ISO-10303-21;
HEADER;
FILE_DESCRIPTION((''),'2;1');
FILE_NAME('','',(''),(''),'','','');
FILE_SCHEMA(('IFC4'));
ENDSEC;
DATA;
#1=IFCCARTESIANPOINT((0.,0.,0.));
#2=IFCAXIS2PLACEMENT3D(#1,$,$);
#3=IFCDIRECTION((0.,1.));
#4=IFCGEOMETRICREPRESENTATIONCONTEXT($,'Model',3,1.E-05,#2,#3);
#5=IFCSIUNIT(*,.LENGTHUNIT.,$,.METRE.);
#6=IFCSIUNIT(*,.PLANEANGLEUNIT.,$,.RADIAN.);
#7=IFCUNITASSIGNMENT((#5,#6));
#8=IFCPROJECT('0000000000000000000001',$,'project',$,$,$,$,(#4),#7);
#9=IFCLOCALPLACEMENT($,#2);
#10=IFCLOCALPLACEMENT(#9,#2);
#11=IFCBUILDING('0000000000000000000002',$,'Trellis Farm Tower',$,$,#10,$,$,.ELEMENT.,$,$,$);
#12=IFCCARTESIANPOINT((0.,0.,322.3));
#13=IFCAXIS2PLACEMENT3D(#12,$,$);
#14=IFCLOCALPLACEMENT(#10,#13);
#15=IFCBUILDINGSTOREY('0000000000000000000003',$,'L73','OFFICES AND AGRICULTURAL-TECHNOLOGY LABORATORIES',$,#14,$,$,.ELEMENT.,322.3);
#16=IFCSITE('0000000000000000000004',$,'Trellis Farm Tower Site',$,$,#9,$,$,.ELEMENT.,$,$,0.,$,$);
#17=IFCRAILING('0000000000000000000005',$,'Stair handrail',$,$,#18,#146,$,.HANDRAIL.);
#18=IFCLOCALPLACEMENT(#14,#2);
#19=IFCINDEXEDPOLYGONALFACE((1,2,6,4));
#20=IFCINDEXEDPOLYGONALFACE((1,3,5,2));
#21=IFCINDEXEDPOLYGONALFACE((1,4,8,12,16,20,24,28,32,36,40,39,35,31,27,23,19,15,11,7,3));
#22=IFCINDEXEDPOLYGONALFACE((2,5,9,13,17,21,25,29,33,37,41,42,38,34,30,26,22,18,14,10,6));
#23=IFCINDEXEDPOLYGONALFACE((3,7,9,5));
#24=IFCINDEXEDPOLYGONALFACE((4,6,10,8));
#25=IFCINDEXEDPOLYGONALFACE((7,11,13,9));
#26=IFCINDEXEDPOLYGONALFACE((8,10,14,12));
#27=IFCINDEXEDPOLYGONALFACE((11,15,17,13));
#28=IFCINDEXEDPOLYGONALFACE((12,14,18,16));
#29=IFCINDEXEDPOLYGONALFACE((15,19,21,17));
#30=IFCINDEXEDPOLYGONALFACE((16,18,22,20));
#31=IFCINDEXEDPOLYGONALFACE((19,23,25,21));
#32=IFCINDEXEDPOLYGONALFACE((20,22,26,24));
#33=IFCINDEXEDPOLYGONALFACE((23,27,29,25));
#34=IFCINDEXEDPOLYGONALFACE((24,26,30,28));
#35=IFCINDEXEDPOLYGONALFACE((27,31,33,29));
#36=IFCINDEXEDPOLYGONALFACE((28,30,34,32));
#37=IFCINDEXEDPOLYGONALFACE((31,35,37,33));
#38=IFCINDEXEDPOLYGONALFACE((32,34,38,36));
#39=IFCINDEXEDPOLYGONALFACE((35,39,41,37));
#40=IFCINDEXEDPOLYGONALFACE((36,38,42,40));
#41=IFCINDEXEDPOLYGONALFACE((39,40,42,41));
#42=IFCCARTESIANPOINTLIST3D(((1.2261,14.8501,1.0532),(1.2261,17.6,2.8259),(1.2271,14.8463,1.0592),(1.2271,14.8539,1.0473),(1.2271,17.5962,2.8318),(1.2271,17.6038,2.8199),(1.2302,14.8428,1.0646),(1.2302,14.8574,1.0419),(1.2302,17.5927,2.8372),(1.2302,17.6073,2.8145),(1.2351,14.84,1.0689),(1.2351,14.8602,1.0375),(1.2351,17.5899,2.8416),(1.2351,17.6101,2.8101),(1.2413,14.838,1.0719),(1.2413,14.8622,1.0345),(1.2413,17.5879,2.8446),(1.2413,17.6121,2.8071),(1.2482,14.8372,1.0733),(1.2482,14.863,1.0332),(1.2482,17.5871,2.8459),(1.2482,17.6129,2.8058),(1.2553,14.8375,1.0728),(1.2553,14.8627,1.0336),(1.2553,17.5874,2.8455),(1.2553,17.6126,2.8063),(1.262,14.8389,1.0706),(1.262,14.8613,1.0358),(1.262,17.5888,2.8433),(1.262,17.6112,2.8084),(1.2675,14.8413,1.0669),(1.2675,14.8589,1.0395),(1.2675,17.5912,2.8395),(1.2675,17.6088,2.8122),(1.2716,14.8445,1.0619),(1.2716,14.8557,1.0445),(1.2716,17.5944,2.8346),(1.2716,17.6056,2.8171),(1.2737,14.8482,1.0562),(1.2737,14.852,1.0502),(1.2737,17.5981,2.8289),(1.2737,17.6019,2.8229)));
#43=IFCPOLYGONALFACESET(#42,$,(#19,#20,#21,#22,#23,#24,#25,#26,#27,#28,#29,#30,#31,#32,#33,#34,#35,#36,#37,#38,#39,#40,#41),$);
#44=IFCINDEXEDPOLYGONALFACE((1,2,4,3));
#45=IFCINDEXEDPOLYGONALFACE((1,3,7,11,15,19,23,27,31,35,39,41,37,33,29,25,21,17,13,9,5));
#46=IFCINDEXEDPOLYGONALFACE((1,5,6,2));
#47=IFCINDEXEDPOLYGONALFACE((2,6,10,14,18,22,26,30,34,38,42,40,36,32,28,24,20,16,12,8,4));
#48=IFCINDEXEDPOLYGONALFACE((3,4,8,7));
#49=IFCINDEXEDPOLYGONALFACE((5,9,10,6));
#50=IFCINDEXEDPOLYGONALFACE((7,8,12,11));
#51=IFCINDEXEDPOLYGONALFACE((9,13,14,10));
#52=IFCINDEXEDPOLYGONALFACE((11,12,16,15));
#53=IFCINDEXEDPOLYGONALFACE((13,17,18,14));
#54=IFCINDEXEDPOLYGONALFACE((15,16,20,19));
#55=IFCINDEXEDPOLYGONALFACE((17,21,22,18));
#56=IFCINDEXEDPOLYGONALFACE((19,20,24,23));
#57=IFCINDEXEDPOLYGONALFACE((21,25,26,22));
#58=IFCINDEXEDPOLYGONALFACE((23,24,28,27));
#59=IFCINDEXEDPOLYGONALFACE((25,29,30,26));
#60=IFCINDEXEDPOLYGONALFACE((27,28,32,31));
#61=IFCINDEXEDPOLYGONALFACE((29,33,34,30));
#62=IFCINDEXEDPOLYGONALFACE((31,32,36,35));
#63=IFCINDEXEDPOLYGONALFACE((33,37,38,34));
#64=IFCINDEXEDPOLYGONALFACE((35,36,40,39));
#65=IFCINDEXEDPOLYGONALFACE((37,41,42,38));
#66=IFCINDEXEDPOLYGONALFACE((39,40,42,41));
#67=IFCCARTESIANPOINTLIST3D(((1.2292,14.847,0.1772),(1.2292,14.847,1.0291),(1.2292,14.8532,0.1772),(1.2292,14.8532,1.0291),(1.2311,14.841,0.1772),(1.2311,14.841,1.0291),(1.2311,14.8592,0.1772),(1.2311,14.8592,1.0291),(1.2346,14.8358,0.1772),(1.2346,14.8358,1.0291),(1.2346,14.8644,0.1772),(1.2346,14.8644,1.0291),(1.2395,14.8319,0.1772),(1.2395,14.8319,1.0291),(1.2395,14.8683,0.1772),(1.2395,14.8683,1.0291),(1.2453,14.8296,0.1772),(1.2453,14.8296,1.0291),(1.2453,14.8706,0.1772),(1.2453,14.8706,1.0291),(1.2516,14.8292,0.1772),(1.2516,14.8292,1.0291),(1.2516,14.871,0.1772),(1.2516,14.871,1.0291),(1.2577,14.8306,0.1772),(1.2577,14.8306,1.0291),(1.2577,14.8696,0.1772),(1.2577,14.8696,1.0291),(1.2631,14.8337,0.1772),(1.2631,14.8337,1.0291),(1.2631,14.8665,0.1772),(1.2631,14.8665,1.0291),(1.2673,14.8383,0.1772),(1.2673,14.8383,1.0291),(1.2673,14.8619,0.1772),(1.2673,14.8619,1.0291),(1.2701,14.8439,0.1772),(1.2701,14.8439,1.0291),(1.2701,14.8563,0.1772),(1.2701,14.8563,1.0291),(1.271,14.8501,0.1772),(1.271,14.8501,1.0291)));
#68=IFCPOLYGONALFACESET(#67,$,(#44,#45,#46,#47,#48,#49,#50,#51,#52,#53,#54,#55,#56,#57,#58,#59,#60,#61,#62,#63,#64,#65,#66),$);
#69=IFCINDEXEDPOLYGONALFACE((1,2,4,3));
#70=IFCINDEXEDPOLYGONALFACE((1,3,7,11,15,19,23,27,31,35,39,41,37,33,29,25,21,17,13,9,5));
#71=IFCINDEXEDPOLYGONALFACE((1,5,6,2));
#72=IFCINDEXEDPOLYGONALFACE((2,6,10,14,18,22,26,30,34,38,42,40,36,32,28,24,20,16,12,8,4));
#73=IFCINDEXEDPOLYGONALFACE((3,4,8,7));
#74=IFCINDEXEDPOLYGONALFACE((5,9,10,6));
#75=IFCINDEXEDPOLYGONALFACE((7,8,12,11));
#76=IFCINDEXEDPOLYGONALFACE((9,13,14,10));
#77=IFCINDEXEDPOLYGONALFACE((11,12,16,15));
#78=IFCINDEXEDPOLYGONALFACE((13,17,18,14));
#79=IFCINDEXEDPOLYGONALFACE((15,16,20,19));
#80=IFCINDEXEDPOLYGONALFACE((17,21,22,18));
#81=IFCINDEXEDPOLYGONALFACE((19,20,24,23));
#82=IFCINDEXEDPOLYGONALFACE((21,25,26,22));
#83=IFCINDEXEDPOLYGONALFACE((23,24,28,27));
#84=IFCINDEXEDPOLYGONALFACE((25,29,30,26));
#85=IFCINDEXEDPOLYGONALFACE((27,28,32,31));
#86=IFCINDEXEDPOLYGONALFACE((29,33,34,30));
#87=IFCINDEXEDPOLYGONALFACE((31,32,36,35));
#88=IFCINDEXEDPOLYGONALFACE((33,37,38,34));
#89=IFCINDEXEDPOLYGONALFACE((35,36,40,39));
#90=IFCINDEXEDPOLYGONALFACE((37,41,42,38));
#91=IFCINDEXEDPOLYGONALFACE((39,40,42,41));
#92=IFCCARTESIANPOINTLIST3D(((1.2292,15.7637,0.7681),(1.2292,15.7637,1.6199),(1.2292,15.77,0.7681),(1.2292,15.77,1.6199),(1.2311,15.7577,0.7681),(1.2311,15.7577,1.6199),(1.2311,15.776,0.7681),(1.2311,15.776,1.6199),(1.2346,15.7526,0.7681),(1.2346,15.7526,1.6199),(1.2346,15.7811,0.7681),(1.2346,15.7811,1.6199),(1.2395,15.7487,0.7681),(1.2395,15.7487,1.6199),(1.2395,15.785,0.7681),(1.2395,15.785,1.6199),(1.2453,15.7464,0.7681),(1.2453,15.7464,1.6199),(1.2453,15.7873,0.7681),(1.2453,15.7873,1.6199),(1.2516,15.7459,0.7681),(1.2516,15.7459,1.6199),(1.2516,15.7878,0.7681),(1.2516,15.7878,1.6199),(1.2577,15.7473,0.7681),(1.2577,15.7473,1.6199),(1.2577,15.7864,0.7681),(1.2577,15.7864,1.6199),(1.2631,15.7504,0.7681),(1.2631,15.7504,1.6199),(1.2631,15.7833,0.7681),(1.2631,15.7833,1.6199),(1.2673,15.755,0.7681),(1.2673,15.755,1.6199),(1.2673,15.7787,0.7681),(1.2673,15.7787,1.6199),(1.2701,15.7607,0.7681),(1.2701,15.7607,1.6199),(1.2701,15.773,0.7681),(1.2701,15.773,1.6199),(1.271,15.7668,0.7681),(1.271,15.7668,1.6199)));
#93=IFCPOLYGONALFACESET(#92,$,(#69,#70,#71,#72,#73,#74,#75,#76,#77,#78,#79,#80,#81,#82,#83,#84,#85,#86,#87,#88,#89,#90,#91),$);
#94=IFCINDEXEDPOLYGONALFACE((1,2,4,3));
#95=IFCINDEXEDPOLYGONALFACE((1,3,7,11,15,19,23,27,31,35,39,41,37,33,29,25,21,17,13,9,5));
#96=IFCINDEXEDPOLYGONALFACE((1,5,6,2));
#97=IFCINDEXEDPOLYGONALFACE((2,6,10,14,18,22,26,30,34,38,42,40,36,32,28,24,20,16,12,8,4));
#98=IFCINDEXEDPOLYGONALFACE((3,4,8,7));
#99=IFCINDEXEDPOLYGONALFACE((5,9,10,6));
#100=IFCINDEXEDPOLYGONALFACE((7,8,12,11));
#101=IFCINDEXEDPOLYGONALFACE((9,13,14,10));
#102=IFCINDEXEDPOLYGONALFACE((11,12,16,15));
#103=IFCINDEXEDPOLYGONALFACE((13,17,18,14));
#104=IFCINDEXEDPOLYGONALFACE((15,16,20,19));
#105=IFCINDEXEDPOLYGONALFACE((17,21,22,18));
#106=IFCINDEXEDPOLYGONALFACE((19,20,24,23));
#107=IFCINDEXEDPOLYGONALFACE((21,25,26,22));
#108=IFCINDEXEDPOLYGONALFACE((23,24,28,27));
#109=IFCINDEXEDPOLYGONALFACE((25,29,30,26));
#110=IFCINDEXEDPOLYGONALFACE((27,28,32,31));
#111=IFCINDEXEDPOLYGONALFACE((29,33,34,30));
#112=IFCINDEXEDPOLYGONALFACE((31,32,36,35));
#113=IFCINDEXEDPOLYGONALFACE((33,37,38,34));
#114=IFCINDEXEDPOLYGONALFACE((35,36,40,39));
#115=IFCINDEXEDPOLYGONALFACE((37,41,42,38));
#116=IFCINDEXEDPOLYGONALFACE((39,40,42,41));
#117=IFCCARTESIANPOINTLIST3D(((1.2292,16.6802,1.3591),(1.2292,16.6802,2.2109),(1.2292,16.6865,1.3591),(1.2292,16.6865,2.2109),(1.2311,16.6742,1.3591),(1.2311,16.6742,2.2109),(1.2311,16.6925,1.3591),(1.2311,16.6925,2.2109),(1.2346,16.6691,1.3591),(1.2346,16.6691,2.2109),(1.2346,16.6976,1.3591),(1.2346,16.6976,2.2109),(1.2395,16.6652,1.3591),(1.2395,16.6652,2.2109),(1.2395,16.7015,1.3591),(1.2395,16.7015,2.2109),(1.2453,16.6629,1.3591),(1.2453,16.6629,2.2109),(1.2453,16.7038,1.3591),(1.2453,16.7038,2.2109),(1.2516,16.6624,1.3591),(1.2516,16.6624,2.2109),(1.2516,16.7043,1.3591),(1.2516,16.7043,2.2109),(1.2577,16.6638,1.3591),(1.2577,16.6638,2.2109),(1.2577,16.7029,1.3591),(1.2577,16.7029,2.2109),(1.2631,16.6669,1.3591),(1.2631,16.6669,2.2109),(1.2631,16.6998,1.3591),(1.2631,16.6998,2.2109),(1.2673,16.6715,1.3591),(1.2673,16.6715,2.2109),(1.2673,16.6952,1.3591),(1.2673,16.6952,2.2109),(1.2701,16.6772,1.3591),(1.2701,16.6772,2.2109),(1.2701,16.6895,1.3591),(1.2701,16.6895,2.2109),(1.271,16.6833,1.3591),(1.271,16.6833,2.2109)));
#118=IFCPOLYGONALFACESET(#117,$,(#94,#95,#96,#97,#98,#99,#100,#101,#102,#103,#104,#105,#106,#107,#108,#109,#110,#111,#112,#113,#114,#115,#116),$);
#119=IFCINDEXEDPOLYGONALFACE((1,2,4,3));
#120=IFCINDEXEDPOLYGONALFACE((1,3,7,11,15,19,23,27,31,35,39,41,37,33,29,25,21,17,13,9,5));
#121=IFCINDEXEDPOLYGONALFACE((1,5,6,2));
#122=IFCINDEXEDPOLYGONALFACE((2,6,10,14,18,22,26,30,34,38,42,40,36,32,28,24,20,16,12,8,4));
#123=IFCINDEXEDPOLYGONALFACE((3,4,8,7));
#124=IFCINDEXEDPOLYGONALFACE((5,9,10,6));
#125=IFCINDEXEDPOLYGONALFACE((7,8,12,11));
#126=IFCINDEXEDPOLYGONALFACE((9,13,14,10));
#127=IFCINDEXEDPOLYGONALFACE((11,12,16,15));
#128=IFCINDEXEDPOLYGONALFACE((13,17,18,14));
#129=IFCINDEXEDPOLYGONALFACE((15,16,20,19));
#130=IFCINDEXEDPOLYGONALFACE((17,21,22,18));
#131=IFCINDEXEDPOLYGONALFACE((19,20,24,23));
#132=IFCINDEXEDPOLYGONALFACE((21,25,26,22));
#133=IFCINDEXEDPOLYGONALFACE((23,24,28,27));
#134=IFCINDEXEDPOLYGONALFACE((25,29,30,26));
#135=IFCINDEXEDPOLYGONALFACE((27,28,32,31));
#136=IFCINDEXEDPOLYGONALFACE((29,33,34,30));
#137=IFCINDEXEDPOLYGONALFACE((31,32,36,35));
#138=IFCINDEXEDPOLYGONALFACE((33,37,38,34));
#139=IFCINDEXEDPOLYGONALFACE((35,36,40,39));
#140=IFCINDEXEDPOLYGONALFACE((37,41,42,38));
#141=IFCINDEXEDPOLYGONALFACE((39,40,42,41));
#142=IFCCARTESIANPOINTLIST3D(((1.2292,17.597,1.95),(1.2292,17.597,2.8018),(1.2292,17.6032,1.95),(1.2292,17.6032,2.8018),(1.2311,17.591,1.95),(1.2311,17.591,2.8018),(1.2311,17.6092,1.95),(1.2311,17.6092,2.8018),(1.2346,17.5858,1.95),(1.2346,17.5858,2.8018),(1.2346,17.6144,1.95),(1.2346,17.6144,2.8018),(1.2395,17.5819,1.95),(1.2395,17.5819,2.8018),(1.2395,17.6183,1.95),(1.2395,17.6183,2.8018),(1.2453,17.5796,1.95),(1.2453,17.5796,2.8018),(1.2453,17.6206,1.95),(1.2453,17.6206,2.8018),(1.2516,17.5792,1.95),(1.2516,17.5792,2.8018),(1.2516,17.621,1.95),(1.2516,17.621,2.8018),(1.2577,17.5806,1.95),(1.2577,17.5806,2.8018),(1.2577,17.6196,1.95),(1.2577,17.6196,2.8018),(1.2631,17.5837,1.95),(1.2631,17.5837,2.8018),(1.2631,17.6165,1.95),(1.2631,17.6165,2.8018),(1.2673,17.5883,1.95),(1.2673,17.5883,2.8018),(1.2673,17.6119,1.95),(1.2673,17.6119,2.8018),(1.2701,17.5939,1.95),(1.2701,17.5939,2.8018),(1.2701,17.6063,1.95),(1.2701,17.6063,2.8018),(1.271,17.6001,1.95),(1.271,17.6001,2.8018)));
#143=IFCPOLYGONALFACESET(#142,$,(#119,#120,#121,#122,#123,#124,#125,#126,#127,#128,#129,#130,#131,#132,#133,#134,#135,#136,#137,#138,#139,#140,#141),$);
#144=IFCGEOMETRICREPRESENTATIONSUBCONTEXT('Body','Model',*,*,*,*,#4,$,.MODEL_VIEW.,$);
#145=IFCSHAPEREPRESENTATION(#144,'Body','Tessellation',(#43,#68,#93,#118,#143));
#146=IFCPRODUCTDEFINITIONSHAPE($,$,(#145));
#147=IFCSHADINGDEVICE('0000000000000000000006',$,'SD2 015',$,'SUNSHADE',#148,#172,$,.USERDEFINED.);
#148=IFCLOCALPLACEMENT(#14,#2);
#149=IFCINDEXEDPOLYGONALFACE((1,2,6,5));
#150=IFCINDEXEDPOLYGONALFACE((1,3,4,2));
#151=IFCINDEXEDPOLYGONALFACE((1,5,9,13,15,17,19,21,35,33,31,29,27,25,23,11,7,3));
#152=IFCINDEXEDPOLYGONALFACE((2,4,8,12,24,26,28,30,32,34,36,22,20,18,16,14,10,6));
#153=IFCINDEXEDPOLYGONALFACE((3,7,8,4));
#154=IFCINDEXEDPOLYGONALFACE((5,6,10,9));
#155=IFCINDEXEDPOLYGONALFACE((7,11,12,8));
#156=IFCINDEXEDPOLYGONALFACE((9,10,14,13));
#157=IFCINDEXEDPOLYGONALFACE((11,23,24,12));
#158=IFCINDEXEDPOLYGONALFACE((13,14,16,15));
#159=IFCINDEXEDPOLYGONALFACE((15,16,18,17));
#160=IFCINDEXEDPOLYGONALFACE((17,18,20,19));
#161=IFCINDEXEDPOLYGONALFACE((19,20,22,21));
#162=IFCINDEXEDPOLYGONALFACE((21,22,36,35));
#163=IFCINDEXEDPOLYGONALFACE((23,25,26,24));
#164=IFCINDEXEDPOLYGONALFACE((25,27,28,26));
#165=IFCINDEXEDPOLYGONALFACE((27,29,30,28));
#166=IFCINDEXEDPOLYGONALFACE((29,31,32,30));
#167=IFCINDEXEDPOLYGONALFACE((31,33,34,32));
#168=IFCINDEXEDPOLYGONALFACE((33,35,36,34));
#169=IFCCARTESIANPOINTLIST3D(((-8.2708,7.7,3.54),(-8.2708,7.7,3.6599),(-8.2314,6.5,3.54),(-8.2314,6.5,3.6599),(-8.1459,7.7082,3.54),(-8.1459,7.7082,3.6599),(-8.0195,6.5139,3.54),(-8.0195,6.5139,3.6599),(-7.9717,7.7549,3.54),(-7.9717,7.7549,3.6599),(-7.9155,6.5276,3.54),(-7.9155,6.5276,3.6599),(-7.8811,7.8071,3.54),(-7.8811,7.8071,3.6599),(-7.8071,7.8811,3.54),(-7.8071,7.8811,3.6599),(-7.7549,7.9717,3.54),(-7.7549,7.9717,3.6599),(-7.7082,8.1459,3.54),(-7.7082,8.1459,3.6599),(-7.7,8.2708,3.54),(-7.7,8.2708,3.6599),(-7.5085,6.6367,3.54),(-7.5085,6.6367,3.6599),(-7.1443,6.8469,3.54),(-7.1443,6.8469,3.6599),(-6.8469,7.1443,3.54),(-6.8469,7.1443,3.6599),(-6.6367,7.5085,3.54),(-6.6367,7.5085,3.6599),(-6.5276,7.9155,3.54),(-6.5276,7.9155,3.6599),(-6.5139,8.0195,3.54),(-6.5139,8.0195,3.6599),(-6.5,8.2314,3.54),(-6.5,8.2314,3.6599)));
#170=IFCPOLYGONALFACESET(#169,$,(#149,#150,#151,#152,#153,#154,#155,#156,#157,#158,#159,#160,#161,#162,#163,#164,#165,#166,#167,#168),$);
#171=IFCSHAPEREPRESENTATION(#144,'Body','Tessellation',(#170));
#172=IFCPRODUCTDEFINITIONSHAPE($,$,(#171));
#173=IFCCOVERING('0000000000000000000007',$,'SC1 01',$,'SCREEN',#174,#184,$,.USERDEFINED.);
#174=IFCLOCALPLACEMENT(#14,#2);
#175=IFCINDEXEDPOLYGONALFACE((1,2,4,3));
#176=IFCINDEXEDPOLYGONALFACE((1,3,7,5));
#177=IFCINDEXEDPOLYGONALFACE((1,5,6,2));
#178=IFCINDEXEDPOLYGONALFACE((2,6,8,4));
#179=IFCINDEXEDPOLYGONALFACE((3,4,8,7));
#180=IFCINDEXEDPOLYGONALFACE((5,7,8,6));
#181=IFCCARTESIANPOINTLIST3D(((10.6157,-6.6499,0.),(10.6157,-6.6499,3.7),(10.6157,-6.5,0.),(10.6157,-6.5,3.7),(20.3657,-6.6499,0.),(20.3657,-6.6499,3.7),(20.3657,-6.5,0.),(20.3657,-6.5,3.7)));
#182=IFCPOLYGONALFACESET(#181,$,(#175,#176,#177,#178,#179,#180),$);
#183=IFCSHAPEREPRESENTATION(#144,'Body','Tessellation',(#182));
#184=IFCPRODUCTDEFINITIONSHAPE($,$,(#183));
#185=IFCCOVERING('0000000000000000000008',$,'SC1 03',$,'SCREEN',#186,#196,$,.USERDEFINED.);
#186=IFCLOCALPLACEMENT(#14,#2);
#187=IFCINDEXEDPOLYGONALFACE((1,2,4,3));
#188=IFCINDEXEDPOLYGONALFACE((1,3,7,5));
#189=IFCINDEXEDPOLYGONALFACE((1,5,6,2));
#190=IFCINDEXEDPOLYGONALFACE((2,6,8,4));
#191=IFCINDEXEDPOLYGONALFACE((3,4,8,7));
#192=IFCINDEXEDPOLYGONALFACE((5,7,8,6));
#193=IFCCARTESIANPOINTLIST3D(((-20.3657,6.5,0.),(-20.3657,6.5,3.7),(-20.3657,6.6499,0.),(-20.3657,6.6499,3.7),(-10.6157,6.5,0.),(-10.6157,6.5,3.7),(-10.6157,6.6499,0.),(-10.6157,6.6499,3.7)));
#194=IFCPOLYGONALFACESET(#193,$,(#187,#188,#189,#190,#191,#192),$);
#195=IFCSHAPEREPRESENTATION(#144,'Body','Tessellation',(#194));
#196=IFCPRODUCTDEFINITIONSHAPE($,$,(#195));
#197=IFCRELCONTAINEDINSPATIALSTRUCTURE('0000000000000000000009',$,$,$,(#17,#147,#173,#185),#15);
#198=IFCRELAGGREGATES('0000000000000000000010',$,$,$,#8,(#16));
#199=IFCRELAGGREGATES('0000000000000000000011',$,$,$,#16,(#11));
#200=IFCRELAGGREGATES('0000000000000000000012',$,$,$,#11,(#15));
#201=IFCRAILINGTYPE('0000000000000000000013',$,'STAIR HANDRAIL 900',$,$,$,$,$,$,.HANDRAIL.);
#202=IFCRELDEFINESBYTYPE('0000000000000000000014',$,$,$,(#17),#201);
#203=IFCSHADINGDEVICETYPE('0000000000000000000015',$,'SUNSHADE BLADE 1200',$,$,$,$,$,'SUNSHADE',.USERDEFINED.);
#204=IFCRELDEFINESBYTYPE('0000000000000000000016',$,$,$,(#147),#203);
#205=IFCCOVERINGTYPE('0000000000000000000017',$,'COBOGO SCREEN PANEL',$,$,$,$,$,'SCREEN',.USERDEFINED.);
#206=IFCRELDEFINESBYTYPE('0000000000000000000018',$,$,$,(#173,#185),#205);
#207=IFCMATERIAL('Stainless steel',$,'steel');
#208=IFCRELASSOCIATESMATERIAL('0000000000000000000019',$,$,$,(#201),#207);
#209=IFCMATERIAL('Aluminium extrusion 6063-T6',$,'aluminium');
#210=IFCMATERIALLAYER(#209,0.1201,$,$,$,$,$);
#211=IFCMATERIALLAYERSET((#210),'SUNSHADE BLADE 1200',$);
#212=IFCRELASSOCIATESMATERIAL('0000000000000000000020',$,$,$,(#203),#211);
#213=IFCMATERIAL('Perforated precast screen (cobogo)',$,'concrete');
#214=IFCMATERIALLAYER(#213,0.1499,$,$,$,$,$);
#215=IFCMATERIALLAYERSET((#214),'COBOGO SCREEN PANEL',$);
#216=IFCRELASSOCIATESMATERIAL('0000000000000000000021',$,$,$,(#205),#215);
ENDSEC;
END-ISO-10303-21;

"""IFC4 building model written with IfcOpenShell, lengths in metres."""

from ifc_helpers import new_model, si_unit, direction, frame, origin, origin_2d, place, context, subcontext, project, spatial, polyline, circle, outline, extrude, source, transform, mapped, material, layer, layer_set, type_object, element, save


model = new_model("IFC4")

# Units and contexts
model_context = context("Model", 3, precision=1e-05, world=origin(), true_north=direction((0.0, 1.0)))
body_context = subcontext(model_context, "Body", "Model", "MODEL_VIEW")
ifc_project = project(units=[si_unit("LENGTHUNIT", "METRE"), si_unit("PLANEANGLEUNIT", "RADIAN")], contexts=[model_context])

# Site, building, storey
site_placement = place(None, origin())
site = spatial("IfcSite", under=ifc_project, at=site_placement, Name="Trellis Farm Tower Site", CompositionType="ELEMENT", RefElevation=0.0)
building_placement = place(site_placement, origin())
building = spatial("IfcBuilding", under=site, at=building_placement, Name="Trellis Farm Tower", CompositionType="ELEMENT")
storey_placement = place(building_placement, frame((0.0, 0.0, 322.3)))
storey = spatial("IfcBuildingStorey", under=building, at=storey_placement, Name="L73", Description="OFFICES AND AGRICULTURAL-TECHNOLOGY LABORATORIES", CompositionType="ELEMENT", Elevation=322.3)

# Shared definitions
placement_1 = place(storey_placement, origin())
ifc_material_1 = material(Name="Aluminium extrusion 6063-T6", Category="aluminium")

# Railing
ifc_material_2 = material(Name="Stainless steel", Category="steel")
railing_type = type_object("IfcRailingType", Name="STAIR HANDRAIL 900", PredefinedType="HANDRAIL", material=ifc_material_2)
shared_shape_1 = source(origin(), body_context, "Body", "SweptSolid", [
    extrude(circle(Radius=0.0239, at=origin_2d()), frame((0.0, 0.0, 0.876), z_axis=(0.0, 0.840504, 0.541806), x_axis=(-1.0, 0.0, 0.0)), (0.0, 0.0, 1.0), 3.2717),
    extrude(circle(Radius=0.021, at=origin_2d()), origin(), (0.0, 0.0, 1.0), 0.8518),
    extrude(circle(Radius=0.021, at=origin_2d()), frame((0.0, 0.9167, 0.5908)), (0.0, 0.0, 1.0), 0.8518),
    extrude(circle(Radius=0.021, at=origin_2d()), frame((0.0, 1.8333, 1.1819)), (0.0, 0.0, 1.0), 0.8518),
    extrude(circle(Radius=0.021, at=origin_2d()), frame((0.0, 2.75, 1.7727)), (0.0, 0.0, 1.0), 0.8518),
])
railing_placement = place(storey_placement, frame((1.25, 14.8501, 0.1772)))
element("IfcRailing", 1, at=railing_placement, inside=storey, type_object=railing_type, Name="Stair handrail", PredefinedType="HANDRAIL", context=body_context, shape_type="MappedRepresentation", body=[
    mapped(shared_shape_1, transform((0.0, 0.0, 0.0))),
])

# Shading device
ifc_layer_1 = layer(ifc_material_1, 0.1201)
ifc_layer_set_1 = layer_set([ifc_layer_1], Name="SUNSHADE BLADE 1200")
shading_device_type_1 = type_object("IfcShadingDeviceType", Name="SUNSHADE BLADE 1200", ElementType="SUNSHADE", PredefinedType="USERDEFINED", material=ifc_layer_set_1)
shared_shape_2 = source(origin(), body_context, "Body", "SweptSolid", [
    extrude(outline(polyline([(-7.7, 8.2708), (-7.7087, 8.1372), (-7.707, 8.1501), (-7.7549, 7.9717), (-7.8071, 7.8811), (-7.8811, 7.8071), (-7.9717, 7.7549), (-8.1501, 7.707), (-8.1372, 7.7087), (-8.2708, 7.7), (-8.2314, 6.5), (-8.0195, 6.5139), (-7.9155, 6.5276), (-7.5085, 6.6367), (-7.1443, 6.8469), (-6.8469, 7.1443), (-6.6367, 7.5085), (-6.5276, 7.9155), (-6.5139, 8.0195), (-6.5, 8.2314), (-7.7, 8.2708)])), origin(), (0.0, 0.0, 1.0), 0.1199),
])
placement_2 = place(storey_placement, frame((0.0, 0.0, 3.54)))
element("IfcShadingDevice", 2, at=placement_2, inside=storey, type_object=shading_device_type_1, Name="SD2 015", ObjectType="SUNSHADE", PredefinedType="USERDEFINED", context=body_context, shape_type="MappedRepresentation", body=[
    mapped(shared_shape_2, transform((0.0, 0.0, 0.0))),
])

# Coverings
ifc_material_3 = material(Name="Perforated precast screen (cobogo)", Category="concrete")
ifc_layer_2 = layer(ifc_material_3, 0.1499)
ifc_layer_set_2 = layer_set([ifc_layer_2], Name="COBOGO SCREEN PANEL")
covering_type = type_object("IfcCoveringType", Name="COBOGO SCREEN PANEL", ElementType="SCREEN", PredefinedType="USERDEFINED", material=ifc_layer_set_2)
shared_shape_3 = source(origin(), body_context, "Body", "SweptSolid", [
    extrude(outline(polyline([(10.6157, -6.6499), (20.3657, -6.6499), (20.3657, -6.5), (10.6157, -6.5), (10.6157, -6.6499)])), origin(), (0.0, 0.0, 1.0), 3.7),
])
element("IfcCovering", 3, at=placement_1, inside=storey, type_object=covering_type, Name="SC1 01", ObjectType="SCREEN", PredefinedType="USERDEFINED", context=body_context, shape_type="MappedRepresentation", body=[
    mapped(shared_shape_3, transform((0.0, 0.0, 0.0))),
])
shared_shape_4 = source(origin(), body_context, "Body", "SweptSolid", [
    extrude(outline(polyline([(-10.6157, 6.6499), (-20.3657, 6.6499), (-20.3657, 6.5), (-10.6157, 6.5), (-10.6157, 6.6499)])), origin(), (0.0, 0.0, 1.0), 3.7),
])
element("IfcCovering", 4, at=placement_1, inside=storey, type_object=covering_type, Name="SC1 03", ObjectType="SCREEN", PredefinedType="USERDEFINED", context=body_context, shape_type="MappedRepresentation", body=[
    mapped(shared_shape_4, transform((0.0, 0.0, 0.0))),
])

save(model, "model.ifc")
